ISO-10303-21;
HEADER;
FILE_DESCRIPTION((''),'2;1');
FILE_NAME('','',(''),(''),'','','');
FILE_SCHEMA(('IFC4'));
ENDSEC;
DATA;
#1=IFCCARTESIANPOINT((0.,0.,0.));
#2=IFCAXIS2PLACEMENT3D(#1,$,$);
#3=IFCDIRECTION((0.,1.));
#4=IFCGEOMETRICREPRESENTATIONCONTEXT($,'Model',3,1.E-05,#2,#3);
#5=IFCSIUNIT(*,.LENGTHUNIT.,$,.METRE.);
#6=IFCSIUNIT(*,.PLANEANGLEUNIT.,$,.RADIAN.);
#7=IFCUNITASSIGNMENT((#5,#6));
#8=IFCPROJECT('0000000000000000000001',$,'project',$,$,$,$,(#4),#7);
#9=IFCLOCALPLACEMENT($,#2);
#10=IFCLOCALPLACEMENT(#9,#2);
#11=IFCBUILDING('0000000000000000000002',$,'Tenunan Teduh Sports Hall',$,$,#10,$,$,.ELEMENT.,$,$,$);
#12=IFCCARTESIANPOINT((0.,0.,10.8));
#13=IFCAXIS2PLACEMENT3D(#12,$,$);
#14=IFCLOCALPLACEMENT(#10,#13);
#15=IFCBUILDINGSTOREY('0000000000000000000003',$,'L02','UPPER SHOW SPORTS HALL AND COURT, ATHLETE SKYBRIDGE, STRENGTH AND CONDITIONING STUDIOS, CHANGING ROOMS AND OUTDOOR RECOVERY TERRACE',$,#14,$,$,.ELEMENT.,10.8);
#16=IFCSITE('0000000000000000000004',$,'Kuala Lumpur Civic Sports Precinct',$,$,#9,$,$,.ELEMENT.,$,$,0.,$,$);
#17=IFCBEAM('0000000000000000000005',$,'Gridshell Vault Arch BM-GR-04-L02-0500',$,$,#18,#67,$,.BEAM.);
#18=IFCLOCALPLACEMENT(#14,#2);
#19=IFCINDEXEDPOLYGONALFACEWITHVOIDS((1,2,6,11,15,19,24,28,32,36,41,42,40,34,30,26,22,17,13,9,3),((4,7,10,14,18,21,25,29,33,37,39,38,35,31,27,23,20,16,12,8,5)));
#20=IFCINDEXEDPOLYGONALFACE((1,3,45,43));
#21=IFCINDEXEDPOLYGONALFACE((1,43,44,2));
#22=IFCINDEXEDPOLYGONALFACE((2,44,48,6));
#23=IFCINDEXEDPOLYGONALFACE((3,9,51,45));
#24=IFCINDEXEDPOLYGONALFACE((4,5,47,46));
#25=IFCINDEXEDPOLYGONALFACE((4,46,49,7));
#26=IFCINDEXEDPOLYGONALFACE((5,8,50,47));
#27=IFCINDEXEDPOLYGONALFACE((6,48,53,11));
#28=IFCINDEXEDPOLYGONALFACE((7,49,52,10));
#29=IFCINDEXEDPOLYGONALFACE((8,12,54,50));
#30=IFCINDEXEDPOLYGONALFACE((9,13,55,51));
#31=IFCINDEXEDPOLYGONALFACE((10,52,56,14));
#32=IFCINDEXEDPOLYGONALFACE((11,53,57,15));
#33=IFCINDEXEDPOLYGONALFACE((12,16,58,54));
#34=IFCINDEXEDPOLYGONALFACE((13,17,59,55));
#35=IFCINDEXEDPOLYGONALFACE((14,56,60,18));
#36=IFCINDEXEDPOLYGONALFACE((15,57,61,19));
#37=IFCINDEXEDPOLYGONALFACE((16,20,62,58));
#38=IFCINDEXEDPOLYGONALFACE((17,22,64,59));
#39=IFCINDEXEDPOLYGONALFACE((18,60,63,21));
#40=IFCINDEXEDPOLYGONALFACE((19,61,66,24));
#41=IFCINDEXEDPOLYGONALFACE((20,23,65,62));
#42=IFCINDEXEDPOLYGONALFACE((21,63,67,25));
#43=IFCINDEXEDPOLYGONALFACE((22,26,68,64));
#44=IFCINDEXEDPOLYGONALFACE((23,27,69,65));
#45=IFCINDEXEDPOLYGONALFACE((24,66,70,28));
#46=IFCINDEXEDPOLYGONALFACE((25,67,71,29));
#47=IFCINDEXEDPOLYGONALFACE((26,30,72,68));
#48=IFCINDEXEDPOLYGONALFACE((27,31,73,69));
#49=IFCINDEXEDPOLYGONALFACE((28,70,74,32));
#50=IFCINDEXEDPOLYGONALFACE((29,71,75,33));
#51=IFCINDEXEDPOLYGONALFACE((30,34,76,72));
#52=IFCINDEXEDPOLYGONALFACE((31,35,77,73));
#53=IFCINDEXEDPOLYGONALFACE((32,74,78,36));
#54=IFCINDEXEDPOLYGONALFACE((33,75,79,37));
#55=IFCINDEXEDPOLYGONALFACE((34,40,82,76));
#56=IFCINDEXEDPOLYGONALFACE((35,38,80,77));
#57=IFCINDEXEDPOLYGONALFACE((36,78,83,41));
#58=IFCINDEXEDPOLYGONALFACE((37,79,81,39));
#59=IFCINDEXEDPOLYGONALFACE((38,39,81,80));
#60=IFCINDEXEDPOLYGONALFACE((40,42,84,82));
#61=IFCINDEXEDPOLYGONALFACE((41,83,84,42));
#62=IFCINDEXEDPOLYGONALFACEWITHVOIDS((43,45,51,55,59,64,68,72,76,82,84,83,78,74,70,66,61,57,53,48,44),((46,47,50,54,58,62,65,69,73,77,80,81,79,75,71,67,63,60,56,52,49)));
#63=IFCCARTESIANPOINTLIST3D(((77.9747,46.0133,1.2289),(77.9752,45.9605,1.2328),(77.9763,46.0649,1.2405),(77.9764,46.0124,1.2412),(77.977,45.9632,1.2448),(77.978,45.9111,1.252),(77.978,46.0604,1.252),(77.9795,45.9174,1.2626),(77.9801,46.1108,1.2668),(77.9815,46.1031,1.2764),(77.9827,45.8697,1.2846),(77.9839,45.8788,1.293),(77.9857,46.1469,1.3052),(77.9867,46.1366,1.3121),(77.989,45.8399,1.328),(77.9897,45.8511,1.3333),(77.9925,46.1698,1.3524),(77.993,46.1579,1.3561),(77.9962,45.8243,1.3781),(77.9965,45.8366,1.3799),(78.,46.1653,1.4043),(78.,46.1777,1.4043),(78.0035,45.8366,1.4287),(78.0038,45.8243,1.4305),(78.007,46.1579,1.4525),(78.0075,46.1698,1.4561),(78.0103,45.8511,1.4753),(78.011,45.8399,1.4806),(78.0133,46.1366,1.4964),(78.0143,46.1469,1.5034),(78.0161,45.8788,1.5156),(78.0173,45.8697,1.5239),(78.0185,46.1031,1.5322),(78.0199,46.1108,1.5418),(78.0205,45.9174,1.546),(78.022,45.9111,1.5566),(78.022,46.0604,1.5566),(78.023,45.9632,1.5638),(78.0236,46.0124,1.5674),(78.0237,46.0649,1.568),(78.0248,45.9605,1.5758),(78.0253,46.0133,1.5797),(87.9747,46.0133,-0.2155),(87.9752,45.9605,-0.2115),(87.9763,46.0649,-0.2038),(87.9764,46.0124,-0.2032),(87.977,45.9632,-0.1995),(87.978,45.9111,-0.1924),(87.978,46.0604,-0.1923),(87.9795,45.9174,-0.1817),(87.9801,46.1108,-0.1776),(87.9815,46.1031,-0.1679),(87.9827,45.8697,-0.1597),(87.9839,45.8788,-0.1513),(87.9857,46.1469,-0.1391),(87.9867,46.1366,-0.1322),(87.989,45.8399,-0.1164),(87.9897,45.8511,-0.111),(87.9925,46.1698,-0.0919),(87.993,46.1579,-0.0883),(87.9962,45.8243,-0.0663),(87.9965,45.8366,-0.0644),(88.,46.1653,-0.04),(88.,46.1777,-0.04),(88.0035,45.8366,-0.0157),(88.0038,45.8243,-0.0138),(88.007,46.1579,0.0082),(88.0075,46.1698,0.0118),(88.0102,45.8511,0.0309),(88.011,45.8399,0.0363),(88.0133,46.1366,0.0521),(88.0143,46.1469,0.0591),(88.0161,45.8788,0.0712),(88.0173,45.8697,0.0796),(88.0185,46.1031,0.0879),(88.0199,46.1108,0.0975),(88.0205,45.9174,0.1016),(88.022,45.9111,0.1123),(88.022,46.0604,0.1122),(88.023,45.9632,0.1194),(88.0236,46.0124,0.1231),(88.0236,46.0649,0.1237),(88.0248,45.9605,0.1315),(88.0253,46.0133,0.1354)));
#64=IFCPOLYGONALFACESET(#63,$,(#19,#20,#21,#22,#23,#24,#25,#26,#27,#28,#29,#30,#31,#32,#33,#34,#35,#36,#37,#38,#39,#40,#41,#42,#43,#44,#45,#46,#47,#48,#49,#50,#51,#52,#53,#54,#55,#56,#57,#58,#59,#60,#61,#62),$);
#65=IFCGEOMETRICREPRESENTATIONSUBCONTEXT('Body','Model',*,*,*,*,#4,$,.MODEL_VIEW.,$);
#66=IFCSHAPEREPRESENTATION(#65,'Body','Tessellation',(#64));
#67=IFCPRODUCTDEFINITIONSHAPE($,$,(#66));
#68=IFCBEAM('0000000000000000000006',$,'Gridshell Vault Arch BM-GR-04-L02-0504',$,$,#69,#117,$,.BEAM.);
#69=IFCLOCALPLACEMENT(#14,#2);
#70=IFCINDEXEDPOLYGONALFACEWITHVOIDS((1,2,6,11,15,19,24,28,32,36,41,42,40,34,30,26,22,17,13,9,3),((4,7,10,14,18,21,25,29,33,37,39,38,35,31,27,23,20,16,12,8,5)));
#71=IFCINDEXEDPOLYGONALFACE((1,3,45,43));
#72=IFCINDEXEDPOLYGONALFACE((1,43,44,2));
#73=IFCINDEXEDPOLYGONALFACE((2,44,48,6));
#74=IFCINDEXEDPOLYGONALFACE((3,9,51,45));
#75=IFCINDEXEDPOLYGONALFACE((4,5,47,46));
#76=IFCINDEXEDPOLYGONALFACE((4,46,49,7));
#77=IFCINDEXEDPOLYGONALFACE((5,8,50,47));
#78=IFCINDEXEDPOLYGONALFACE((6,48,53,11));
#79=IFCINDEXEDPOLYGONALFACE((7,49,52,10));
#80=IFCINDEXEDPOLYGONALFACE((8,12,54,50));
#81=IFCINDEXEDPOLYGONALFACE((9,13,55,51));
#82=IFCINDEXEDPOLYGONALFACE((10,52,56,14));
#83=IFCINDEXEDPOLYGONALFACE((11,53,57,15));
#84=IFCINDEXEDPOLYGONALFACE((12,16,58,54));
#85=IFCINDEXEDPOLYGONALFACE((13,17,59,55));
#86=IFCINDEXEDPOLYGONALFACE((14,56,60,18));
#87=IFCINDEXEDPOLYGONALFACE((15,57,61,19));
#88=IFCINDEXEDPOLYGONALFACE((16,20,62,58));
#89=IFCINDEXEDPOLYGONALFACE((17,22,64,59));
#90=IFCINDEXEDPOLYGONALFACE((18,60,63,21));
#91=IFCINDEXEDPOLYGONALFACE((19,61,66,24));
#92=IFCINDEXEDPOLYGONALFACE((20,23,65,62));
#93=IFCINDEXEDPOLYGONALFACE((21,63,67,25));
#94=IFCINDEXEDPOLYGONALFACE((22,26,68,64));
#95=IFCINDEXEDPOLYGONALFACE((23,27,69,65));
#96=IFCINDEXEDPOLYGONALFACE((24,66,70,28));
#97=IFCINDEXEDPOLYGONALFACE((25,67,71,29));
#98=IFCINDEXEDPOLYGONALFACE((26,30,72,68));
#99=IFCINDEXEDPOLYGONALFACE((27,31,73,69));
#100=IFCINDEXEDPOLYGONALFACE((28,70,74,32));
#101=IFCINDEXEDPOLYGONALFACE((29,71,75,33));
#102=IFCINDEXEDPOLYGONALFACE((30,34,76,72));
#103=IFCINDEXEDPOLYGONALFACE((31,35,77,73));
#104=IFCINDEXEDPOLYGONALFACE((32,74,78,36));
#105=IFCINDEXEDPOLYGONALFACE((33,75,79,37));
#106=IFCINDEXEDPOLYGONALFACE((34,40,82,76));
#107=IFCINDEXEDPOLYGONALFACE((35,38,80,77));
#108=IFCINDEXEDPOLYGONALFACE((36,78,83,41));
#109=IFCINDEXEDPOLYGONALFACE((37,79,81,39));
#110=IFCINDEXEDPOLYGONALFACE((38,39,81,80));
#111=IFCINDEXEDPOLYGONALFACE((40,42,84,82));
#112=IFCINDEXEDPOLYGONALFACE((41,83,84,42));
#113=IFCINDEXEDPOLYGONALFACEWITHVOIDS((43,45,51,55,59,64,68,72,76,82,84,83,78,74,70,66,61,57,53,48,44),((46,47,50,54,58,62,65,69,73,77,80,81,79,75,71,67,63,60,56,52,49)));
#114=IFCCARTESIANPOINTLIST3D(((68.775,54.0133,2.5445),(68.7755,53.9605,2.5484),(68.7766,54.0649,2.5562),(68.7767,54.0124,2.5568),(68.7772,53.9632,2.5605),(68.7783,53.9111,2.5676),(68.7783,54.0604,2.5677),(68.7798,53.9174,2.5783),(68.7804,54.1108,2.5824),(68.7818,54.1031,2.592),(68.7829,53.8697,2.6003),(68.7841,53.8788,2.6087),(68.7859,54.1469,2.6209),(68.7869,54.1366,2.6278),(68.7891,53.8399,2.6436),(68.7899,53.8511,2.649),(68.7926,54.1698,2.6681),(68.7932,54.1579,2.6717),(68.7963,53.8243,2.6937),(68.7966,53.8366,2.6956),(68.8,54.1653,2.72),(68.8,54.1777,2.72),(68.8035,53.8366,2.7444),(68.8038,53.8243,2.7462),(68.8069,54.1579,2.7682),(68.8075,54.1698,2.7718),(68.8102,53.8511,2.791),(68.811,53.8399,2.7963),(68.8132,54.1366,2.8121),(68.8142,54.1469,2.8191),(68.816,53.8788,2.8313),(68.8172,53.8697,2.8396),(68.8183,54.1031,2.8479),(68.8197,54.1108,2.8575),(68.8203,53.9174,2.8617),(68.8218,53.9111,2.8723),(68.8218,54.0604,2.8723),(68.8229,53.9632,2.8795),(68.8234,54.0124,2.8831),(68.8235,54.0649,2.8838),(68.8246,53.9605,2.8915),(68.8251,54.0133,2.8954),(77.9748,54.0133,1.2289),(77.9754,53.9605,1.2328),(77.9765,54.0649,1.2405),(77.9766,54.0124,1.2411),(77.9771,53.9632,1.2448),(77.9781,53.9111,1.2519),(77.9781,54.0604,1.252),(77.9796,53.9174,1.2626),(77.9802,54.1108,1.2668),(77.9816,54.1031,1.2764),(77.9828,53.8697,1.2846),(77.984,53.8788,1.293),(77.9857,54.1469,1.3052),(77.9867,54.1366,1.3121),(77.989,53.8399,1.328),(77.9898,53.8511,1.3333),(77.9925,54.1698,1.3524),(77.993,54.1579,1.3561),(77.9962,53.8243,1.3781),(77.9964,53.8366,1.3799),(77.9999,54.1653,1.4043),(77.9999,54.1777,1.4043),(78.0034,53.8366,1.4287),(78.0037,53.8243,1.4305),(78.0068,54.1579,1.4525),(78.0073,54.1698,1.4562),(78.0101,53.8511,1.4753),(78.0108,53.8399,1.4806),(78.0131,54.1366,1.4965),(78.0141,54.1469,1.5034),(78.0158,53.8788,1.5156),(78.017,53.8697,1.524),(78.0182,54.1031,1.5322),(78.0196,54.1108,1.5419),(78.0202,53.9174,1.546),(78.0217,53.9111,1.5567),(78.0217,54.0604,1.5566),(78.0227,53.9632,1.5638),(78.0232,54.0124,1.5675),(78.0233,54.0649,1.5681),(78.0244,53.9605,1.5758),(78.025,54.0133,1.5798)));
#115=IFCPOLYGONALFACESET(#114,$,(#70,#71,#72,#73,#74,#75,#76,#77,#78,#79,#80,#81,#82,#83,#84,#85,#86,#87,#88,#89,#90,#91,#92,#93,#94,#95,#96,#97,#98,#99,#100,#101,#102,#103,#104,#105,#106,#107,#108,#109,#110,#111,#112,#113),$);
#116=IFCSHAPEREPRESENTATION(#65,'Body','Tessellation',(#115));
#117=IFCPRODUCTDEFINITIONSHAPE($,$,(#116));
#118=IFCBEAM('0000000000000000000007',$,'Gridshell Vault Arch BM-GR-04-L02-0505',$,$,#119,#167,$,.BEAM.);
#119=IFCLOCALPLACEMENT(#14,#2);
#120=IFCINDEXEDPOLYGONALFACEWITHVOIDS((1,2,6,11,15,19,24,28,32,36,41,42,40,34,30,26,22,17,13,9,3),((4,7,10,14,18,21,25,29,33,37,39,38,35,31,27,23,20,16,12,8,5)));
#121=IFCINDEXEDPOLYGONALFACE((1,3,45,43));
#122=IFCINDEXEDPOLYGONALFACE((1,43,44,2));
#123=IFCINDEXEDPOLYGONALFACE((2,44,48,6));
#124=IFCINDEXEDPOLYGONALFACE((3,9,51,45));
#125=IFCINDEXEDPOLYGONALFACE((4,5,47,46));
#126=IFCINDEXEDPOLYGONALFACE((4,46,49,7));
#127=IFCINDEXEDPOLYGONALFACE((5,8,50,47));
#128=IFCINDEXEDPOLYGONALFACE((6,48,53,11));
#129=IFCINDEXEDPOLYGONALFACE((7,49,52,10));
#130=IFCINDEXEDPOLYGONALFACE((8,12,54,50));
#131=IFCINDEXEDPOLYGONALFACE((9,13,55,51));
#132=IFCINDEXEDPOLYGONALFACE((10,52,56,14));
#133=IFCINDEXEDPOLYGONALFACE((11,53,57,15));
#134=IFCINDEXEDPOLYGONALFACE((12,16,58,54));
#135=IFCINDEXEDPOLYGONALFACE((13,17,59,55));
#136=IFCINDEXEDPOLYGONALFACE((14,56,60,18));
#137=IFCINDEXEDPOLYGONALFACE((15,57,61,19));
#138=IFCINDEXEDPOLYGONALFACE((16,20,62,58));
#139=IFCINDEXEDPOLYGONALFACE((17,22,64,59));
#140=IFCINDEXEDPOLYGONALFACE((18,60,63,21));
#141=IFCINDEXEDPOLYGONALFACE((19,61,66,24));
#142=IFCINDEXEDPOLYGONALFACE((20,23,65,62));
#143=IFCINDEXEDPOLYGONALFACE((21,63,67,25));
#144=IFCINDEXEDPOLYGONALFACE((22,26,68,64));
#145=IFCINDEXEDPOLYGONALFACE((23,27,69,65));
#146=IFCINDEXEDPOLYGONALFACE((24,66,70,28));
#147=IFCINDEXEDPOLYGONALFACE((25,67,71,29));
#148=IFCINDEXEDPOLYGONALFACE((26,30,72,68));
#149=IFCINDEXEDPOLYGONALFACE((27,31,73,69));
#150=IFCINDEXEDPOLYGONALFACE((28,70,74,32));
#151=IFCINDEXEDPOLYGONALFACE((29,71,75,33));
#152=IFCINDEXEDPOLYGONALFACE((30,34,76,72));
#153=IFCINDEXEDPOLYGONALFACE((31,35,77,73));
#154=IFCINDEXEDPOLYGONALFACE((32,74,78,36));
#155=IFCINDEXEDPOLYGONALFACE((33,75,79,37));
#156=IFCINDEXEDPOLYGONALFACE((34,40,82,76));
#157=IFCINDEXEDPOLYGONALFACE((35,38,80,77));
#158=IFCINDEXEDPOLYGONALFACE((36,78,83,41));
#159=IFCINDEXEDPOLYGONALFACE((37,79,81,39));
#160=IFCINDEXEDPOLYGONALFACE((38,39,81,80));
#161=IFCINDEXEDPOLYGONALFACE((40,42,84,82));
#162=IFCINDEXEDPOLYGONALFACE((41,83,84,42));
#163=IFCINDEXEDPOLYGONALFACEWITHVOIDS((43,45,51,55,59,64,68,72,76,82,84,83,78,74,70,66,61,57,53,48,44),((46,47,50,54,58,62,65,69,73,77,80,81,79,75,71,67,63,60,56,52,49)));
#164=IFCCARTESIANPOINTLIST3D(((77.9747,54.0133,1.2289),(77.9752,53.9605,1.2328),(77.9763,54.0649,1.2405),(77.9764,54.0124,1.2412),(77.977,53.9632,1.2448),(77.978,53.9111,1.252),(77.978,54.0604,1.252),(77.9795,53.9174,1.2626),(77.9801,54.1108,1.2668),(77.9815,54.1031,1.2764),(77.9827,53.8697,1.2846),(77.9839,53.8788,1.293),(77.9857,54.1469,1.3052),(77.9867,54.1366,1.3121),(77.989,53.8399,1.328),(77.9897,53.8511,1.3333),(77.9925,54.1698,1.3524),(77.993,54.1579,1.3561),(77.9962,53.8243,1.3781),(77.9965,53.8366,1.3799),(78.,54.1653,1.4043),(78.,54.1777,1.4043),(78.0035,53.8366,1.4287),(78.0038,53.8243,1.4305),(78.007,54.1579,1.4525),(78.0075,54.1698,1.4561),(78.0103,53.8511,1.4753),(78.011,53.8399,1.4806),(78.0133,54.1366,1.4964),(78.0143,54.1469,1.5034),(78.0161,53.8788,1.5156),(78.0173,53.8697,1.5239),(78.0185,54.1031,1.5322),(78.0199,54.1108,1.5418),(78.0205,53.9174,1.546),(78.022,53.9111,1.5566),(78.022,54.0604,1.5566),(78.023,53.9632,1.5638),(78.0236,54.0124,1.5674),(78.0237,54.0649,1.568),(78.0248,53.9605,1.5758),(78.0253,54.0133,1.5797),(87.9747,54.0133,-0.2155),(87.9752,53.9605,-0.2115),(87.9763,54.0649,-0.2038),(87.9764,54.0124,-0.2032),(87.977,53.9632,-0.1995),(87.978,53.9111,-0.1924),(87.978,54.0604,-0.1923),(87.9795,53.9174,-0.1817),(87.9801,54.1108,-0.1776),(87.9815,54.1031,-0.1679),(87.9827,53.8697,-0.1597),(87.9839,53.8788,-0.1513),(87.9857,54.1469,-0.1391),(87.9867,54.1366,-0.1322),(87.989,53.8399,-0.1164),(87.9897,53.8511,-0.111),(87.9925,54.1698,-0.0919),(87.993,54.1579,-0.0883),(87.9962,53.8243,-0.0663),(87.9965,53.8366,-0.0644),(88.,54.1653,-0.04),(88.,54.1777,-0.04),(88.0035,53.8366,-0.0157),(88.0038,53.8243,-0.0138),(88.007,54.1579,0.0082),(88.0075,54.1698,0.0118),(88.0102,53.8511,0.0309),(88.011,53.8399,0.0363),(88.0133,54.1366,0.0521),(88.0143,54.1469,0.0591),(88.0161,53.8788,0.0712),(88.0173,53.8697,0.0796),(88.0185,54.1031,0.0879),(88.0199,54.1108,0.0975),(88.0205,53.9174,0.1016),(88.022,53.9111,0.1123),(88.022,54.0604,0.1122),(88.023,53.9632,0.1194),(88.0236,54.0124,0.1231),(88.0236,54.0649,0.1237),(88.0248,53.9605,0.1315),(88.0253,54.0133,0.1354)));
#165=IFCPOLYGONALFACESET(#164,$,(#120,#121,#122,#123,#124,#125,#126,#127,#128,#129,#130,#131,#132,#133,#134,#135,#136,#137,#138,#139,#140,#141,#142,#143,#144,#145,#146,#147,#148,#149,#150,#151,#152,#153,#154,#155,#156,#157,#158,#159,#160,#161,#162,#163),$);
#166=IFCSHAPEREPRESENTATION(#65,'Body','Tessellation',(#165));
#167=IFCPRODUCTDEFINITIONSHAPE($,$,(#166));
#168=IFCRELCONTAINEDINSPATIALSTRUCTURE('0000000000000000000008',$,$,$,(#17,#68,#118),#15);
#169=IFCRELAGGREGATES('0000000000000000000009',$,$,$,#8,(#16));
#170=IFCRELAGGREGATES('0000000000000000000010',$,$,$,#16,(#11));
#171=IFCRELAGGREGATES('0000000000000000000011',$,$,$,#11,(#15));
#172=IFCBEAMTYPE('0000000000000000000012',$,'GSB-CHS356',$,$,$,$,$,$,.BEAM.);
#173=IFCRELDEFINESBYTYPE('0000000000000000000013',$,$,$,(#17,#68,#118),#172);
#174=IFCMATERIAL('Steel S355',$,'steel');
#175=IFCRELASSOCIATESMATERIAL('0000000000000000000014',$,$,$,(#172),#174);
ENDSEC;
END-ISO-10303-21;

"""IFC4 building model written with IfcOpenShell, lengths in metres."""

from ifc_helpers import new_model, si_unit, direction, frame, origin, origin_2d, place, context, subcontext, project, spatial, hollow_circle, extrude, material, material_profile, profile_set, type_object, element, save


model = new_model("IFC4")

# Units and contexts
model_context = context("Model", 3, precision=1e-05, world=origin(), true_north=direction((0.0, 1.0)))
body_context = subcontext(model_context, "Body", "Model", "MODEL_VIEW")
ifc_project = project(units=[si_unit("LENGTHUNIT", "METRE"), si_unit("PLANEANGLEUNIT", "RADIAN")], contexts=[model_context])

# Site, building, storey
site_placement = place(None, origin())
site = spatial("IfcSite", under=ifc_project, at=site_placement, Name="Kuala Lumpur Civic Sports Precinct", CompositionType="ELEMENT", RefElevation=0.0)
building_placement = place(site_placement, origin())
building = spatial("IfcBuilding", under=site, at=building_placement, Name="Tenunan Teduh Sports Hall", CompositionType="ELEMENT")
storey_placement = place(building_placement, frame((0.0, 0.0, 10.8)))
storey = spatial("IfcBuildingStorey", under=building, at=storey_placement, Name="L02", Description="UPPER SHOW SPORTS HALL AND COURT, ATHLETE SKYBRIDGE, STRENGTH AND CONDITIONING STUDIOS, CHANGING ROOMS AND OUTDOOR RECOVERY TERRACE", CompositionType="ELEMENT", Elevation=10.8)

# Beams
ifc_material_1 = material(Name="Steel S355", Category="steel")
ifc_material_profile_1 = material_profile(ifc_material_1, hollow_circle(Radius=0.1777, WallThickness=0.0125, at=origin_2d()), Name="CHS 355.6x12.5")
ifc_profile_set_1 = profile_set([ifc_material_profile_1], Name="Steel S355")
beam_type_1 = type_object("IfcBeamType", Name="GSB-CHS356", PredefinedType="BEAM", material=ifc_profile_set_1)
beam_1_placement = place(storey_placement, frame((78.0, 46.0, 1.4043), z_axis=(0.98973, 0.0, -0.14295), x_axis=(0.0, 1.0, 0.0)))
element("IfcBeam", 1, at=beam_1_placement, inside=storey, type_object=beam_type_1, Name="Gridshell Vault Arch BM-GR-04-L02-0500", PredefinedType="BEAM", context=body_context, shape_type="SweptSolid", body=[
    extrude(hollow_circle(Radius=0.1777, WallThickness=0.0125, at=origin_2d()), origin(), (0.0, 0.0, 1.0), 10.1038),
])
beam_2_placement = place(storey_placement, frame((68.8, 54.0, 2.72), z_axis=(0.989928, 0.0, -0.141568), x_axis=(0.0, 1.0, 0.0)))
element("IfcBeam", 2, at=beam_2_placement, inside=storey, type_object=beam_type_1, Name="Gridshell Vault Arch BM-GR-04-L02-0504", PredefinedType="BEAM", context=body_context, shape_type="SweptSolid", body=[
    extrude(hollow_circle(Radius=0.1777, WallThickness=0.0125, at=origin_2d()), origin(), (0.0, 0.0, 1.0), 9.2935),
])
beam_3_placement = place(storey_placement, frame((78.0, 54.0, 1.4043), z_axis=(0.98973, 0.0, -0.14295), x_axis=(0.0, 1.0, 0.0)))
element("IfcBeam", 3, at=beam_3_placement, inside=storey, type_object=beam_type_1, Name="Gridshell Vault Arch BM-GR-04-L02-0505", PredefinedType="BEAM", context=body_context, shape_type="SweptSolid", body=[
    extrude(hollow_circle(Radius=0.1777, WallThickness=0.0125, at=origin_2d()), origin(), (0.0, 0.0, 1.0), 10.1038),
])

save(model, "model.ifc")
